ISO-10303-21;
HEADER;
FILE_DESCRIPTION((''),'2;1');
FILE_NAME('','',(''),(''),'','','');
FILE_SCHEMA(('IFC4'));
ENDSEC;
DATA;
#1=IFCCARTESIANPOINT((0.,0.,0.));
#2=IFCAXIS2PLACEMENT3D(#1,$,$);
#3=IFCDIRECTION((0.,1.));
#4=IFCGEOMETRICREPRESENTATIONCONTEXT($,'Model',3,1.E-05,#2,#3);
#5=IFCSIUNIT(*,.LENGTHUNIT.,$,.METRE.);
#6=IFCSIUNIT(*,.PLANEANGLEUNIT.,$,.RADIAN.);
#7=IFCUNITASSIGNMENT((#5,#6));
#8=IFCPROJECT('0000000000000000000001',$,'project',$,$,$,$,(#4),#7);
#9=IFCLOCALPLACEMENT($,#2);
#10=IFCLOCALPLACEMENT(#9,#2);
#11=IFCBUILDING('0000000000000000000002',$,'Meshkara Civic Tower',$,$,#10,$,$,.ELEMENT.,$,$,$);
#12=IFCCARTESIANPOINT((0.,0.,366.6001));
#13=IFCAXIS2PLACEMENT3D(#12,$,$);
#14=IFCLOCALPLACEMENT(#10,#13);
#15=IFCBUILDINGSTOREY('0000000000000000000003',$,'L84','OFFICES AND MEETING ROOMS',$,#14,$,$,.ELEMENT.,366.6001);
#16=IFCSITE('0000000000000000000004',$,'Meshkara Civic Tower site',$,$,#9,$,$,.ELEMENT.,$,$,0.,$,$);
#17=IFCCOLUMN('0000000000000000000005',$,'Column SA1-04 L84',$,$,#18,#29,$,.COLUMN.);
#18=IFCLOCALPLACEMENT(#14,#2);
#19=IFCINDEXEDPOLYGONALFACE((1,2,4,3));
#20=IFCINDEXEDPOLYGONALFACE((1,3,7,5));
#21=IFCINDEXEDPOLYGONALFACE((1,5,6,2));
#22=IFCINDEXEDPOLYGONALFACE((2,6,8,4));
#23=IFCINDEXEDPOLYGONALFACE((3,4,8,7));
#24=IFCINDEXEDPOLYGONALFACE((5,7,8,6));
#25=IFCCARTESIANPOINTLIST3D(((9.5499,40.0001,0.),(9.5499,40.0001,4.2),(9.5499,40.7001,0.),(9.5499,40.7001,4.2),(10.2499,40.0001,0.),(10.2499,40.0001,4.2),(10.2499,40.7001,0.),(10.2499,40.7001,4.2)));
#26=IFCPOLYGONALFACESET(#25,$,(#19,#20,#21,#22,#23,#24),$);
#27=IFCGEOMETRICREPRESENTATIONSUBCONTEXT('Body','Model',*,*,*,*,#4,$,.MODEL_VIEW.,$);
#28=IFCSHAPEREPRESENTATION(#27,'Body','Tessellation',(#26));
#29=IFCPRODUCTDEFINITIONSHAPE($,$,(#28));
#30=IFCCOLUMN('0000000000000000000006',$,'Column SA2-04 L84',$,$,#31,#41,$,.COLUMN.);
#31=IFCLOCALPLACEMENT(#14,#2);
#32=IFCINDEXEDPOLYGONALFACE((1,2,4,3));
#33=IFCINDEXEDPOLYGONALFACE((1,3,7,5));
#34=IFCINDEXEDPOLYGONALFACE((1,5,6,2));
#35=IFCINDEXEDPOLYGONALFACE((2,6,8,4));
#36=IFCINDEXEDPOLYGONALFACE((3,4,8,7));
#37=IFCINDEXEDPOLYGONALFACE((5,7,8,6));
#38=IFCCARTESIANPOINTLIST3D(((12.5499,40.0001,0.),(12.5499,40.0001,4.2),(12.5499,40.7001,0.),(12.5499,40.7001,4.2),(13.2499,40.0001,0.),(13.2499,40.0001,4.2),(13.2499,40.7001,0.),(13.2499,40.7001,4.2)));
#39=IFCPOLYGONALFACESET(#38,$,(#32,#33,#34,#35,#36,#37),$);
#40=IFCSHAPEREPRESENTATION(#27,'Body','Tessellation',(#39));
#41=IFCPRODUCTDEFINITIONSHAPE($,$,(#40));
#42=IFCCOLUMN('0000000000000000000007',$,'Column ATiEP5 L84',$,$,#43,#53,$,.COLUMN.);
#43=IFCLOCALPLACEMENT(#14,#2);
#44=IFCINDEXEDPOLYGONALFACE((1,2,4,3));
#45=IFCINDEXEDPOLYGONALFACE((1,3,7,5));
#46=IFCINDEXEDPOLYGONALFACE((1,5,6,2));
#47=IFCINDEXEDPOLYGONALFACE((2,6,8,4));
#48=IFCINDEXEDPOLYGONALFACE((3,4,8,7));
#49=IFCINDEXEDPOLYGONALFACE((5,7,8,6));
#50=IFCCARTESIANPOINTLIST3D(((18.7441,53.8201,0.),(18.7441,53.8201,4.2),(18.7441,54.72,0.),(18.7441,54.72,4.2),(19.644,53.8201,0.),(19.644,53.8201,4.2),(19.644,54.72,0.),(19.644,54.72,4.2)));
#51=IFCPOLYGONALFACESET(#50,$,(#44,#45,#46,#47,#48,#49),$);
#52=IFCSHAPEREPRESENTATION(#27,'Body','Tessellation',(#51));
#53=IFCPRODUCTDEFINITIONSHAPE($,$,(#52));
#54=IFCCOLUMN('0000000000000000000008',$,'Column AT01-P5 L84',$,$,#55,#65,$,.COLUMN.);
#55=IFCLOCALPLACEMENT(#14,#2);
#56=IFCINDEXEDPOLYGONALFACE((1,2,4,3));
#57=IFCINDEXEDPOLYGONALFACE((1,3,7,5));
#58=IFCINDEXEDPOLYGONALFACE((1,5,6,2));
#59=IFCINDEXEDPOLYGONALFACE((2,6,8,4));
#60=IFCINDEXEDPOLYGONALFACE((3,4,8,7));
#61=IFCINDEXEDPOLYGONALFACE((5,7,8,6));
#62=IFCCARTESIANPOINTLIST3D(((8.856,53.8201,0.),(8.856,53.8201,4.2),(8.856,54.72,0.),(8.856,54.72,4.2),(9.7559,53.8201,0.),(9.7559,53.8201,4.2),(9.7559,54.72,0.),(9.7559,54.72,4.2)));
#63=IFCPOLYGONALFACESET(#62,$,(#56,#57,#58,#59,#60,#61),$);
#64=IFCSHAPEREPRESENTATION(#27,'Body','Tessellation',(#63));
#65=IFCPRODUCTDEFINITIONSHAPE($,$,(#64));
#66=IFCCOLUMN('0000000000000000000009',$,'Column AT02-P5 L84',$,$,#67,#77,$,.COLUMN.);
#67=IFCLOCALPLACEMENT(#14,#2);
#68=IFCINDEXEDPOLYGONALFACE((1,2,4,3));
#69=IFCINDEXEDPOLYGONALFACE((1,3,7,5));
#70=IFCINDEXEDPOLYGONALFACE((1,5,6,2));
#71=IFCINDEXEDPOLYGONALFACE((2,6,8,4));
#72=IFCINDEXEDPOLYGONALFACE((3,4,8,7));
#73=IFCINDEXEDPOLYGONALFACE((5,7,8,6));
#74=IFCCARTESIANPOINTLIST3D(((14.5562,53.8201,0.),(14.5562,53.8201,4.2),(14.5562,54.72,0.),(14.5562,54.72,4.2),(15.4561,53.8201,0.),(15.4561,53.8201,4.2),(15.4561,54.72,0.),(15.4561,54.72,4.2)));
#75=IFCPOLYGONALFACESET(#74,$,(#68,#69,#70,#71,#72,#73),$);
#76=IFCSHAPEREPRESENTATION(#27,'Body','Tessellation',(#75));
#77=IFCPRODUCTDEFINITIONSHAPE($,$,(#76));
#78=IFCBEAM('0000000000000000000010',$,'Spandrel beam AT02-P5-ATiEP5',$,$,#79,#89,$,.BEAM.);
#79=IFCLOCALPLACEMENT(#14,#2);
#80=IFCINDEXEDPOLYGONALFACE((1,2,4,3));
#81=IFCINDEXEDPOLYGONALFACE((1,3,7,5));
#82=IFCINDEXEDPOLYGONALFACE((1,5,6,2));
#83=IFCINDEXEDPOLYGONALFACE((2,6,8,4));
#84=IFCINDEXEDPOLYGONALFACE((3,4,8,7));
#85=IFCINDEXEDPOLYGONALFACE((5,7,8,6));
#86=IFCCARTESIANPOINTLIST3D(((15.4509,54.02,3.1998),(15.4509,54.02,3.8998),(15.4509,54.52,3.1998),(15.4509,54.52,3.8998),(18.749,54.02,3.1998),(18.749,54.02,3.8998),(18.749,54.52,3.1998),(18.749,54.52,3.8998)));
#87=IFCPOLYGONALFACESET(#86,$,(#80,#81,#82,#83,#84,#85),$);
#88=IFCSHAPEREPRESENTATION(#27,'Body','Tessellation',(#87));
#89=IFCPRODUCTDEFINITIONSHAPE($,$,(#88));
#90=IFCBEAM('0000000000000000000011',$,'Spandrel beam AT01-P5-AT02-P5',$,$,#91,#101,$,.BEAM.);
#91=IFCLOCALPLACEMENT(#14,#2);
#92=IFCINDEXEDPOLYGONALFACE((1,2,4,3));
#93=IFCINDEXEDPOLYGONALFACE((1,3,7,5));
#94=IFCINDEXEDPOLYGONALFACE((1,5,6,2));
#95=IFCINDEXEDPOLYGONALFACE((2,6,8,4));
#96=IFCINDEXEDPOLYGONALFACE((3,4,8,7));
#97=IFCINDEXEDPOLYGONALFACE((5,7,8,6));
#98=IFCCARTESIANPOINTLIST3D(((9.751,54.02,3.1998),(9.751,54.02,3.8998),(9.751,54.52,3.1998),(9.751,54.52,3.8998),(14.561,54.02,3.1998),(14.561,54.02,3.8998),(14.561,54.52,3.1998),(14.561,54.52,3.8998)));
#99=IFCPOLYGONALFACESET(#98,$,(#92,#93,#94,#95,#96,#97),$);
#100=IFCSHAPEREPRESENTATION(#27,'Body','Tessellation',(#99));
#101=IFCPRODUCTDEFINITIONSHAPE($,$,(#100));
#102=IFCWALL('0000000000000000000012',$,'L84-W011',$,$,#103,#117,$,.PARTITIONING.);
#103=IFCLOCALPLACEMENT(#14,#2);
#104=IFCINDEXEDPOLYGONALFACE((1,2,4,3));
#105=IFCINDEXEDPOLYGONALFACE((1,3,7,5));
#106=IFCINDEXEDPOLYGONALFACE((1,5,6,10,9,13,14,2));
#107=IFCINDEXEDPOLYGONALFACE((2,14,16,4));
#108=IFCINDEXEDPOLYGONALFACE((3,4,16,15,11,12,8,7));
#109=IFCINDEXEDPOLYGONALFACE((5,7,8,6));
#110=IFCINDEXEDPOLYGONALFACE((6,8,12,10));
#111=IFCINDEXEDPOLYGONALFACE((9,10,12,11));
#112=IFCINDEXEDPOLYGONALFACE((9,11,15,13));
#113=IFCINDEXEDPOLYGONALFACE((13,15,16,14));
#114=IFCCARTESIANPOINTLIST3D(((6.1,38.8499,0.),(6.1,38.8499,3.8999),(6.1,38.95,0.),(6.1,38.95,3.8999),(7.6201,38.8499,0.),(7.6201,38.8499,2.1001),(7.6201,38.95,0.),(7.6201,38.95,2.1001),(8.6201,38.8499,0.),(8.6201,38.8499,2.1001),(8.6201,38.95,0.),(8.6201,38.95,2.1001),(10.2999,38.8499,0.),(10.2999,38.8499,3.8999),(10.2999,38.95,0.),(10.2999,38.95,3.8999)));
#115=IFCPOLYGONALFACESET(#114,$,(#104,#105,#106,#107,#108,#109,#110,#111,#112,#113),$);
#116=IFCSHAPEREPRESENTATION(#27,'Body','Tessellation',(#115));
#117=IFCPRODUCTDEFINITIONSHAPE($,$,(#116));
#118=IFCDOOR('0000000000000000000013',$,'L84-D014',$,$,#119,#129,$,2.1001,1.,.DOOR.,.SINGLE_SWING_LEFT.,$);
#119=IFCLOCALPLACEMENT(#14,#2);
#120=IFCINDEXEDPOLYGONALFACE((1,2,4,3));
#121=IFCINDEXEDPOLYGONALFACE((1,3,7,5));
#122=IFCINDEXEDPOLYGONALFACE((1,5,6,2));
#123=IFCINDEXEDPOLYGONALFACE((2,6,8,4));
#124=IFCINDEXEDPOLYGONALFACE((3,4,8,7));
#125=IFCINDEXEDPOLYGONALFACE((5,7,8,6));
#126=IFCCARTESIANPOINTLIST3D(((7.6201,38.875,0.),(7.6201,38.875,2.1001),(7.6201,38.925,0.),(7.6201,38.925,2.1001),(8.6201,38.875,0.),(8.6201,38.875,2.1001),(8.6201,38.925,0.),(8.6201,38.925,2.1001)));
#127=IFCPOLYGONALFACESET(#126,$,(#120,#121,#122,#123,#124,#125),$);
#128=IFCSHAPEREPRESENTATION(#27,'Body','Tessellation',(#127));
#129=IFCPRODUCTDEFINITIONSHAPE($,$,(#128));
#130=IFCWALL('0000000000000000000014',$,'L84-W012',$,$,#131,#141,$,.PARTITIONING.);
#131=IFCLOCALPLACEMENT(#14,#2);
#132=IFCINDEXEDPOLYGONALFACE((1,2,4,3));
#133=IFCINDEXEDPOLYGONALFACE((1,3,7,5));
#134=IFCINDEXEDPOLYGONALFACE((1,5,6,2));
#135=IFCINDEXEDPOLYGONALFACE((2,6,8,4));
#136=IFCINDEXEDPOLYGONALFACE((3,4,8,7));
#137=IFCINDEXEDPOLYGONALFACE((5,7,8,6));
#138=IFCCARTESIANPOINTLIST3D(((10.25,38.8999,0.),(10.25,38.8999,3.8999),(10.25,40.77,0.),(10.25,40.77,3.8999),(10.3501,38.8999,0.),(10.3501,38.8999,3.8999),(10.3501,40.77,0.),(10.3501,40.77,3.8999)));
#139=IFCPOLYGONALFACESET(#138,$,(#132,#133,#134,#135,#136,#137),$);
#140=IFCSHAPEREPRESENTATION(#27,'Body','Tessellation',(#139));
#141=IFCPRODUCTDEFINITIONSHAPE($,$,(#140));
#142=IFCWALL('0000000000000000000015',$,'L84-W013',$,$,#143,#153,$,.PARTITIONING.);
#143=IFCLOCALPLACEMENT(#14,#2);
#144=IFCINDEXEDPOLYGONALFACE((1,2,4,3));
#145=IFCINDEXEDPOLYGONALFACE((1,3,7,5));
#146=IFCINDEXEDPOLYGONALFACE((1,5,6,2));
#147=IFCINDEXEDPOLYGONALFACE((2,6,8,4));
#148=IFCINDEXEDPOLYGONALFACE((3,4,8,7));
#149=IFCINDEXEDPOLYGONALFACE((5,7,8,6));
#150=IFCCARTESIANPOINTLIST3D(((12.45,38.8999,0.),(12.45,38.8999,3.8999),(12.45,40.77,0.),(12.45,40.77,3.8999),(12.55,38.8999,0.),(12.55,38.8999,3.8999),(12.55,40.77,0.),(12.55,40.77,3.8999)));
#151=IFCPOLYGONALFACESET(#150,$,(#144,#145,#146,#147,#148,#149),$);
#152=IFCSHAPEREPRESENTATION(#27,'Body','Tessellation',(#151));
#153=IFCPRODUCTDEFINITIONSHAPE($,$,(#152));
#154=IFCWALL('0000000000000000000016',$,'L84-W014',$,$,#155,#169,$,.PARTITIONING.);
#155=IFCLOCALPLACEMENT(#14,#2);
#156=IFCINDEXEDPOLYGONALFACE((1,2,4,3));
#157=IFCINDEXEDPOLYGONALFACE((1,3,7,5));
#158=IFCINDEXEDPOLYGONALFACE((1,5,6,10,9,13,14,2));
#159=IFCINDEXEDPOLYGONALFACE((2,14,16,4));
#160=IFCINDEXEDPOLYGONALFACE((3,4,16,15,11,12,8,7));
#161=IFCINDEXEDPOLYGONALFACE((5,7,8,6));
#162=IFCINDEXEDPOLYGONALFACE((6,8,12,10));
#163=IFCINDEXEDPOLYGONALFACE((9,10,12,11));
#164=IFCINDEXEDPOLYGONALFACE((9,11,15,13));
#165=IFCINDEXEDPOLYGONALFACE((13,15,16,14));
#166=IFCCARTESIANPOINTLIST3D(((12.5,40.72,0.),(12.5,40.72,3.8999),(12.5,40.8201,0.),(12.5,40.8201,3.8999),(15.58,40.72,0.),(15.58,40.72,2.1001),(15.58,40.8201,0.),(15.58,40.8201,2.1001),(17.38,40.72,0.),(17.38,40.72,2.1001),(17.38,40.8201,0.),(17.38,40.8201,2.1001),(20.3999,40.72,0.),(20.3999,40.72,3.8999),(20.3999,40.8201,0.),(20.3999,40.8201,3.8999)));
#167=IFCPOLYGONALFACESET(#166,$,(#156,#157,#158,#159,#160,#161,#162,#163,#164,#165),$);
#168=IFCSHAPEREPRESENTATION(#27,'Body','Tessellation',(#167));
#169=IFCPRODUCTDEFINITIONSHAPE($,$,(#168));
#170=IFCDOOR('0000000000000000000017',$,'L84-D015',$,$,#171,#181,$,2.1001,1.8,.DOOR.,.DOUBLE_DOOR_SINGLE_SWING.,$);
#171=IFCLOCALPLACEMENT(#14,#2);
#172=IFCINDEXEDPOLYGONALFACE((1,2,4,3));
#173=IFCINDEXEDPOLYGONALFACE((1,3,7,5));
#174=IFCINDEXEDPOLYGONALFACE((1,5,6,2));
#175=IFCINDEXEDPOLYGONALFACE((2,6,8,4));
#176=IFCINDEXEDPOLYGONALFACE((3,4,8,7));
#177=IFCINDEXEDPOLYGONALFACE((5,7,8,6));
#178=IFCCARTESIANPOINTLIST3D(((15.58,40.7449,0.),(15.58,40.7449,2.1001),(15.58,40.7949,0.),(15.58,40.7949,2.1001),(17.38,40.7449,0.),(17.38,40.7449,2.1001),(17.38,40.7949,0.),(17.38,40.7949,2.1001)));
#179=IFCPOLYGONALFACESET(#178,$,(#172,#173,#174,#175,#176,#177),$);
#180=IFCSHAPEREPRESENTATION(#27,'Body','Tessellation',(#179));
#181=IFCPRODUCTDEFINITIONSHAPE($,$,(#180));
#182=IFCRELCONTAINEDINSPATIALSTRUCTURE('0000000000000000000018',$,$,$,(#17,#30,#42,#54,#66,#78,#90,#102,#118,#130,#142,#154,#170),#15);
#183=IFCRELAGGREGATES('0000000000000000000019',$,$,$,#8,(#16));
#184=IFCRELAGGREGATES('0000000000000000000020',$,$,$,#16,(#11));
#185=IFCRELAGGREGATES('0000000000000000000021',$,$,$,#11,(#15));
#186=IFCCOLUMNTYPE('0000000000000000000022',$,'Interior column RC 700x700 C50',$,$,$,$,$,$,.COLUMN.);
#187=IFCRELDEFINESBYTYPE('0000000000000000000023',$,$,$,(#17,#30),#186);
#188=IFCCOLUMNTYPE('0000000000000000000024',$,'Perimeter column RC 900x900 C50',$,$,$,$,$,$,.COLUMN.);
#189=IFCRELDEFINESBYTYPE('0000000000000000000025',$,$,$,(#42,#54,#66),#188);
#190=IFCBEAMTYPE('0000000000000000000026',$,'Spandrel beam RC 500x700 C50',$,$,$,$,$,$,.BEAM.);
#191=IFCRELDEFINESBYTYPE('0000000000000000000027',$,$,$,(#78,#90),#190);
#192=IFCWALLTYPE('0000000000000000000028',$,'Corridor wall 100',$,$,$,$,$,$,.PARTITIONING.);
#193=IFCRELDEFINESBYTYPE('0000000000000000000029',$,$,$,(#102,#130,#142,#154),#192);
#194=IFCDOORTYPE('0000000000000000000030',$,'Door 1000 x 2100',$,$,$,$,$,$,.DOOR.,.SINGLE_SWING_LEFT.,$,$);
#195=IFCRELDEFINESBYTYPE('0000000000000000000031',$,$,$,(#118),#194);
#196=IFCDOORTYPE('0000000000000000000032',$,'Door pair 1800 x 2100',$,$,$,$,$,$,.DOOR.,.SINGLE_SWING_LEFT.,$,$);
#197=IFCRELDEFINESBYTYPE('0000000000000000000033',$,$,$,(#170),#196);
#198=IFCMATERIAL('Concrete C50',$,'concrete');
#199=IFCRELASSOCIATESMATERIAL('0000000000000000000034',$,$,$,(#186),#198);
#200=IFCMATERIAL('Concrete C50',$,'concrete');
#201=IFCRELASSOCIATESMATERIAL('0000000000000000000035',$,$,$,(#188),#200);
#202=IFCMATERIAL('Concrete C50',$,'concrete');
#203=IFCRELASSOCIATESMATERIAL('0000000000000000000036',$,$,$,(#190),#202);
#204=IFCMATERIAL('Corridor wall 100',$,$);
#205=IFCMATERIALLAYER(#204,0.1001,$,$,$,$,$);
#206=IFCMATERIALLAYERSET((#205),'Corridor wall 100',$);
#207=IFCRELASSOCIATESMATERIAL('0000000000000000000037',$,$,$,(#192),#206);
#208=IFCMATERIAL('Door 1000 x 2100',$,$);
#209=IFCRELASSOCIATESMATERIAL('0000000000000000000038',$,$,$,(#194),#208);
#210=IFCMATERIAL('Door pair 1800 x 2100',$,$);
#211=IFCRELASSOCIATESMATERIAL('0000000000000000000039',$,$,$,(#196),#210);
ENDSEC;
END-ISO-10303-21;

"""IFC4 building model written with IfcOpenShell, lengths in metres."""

from ifc_helpers import new_model, si_unit, direction, frame, frame_2d, origin, origin_2d, place, context, subcontext, project, spatial, rectangle, extrude, material, layer, layer_set, material_profile, profile_set, type_object, element, fill, save


model = new_model("IFC4")

# Units and contexts
model_context = context("Model", 3, precision=1e-05, world=origin(), true_north=direction((0.0, 1.0)))
body_context = subcontext(model_context, "Body", "Model", "MODEL_VIEW")
ifc_project = project(units=[si_unit("LENGTHUNIT", "METRE"), si_unit("PLANEANGLEUNIT", "RADIAN")], contexts=[model_context])

# Site, building, storey
site_placement = place(None, origin())
site = spatial("IfcSite", under=ifc_project, at=site_placement, Name="Meshkara Civic Tower site", CompositionType="ELEMENT", RefElevation=0.0)
building_placement = place(site_placement, origin())
building = spatial("IfcBuilding", under=site, at=building_placement, Name="Meshkara Civic Tower", CompositionType="ELEMENT")
storey_placement = place(building_placement, frame((0.0, 0.0, 366.6001)))
storey = spatial("IfcBuildingStorey", under=building, at=storey_placement, Name="L84", Description="OFFICES AND MEETING ROOMS", CompositionType="ELEMENT", Elevation=366.6001)

# Columns
ifc_material_1 = material(Name="Concrete C50", Category="concrete")
ifc_material_profile_1 = material_profile(ifc_material_1, rectangle(XDim=0.7, YDim=0.7, at=origin_2d()))
ifc_profile_set_1 = profile_set([ifc_material_profile_1], Name="Concrete C50")
column_type_1 = type_object("IfcColumnType", Name="Interior column RC 700x700 C50", PredefinedType="COLUMN", material=ifc_profile_set_1)
for number, where, z_axis, x_axis, name in (
    (1, (9.8999, 40.3501, 0.0), (0.0, 0.0, 1.0), (1.0, 0.0, 0.0), "Column SA1-04 L84"),
    (2, (12.8999, 40.3501, 0.0), (0.0, 0.0, 1.0), (1.0, 0.0, 0.0), "Column SA2-04 L84"),
):
    element("IfcColumn", number, at=place(storey_placement, frame(where, z_axis=z_axis, x_axis=x_axis)), inside=storey, type_object=column_type_1, Name=name, PredefinedType="COLUMN", context=body_context, shape_type="SweptSolid", body=[
        extrude(rectangle(XDim=0.7, YDim=0.7, at=origin_2d()), origin(), (0.0, 0.0, 1.0), 4.2),
    ])
ifc_material_2 = material(Name="Concrete C50", Category="concrete")
ifc_material_profile_2 = material_profile(ifc_material_2, rectangle(XDim=0.8999, YDim=0.8999, at=origin_2d()))
ifc_profile_set_2 = profile_set([ifc_material_profile_2], Name="Concrete C50")
column_type_2 = type_object("IfcColumnType", Name="Perimeter column RC 900x900 C50", PredefinedType="COLUMN", material=ifc_profile_set_2)
for number, where, z_axis, x_axis, name in (
    (3, (19.1941, 54.27, 0.0), (0.0, 0.0, 1.0), (1.0, 0.0, 0.0), "Column ATiEP5 L84"),
    (4, (9.3059, 54.27, 0.0), (0.0, 0.0, 1.0), (1.0, 0.0, 0.0), "Column AT01-P5 L84"),
    (5, (15.0061, 54.27, 0.0), (0.0, 0.0, 1.0), (1.0, 0.0, 0.0), "Column AT02-P5 L84"),
):
    element("IfcColumn", number, at=place(storey_placement, frame(where, z_axis=z_axis, x_axis=x_axis)), inside=storey, type_object=column_type_2, Name=name, PredefinedType="COLUMN", context=body_context, shape_type="SweptSolid", body=[
        extrude(rectangle(XDim=0.8999, YDim=0.8999, at=origin_2d()), origin(), (0.0, 0.0, 1.0), 4.2),
    ])

# Beams
ifc_material_3 = material(Name="Concrete C50", Category="concrete")
ifc_material_profile_3 = material_profile(ifc_material_3, rectangle(XDim=0.5, YDim=0.7, at=origin_2d()))
ifc_profile_set_3 = profile_set([ifc_material_profile_3], Name="Concrete C50")
beam_type = type_object("IfcBeamType", Name="Spandrel beam RC 500x700 C50", PredefinedType="BEAM", material=ifc_profile_set_3)
beam_1_placement = place(storey_placement, frame((18.749, 54.27, 3.5498), z_axis=(-1.0, 0.0, 0.0), x_axis=(0.0, -1.0, 0.0)))
element("IfcBeam", 6, at=beam_1_placement, inside=storey, type_object=beam_type, Name="Spandrel beam AT02-P5-ATiEP5", PredefinedType="BEAM", context=body_context, shape_type="SweptSolid", body=[
    extrude(rectangle(XDim=0.5, YDim=0.7, at=origin_2d()), origin(), (0.0, 0.0, 1.0), 3.2981),
])
beam_2_placement = place(storey_placement, frame((14.561, 54.27, 3.5498), z_axis=(-1.0, 0.0, 0.0), x_axis=(0.0, -1.0, 0.0)))
element("IfcBeam", 7, at=beam_2_placement, inside=storey, type_object=beam_type, Name="Spandrel beam AT01-P5-AT02-P5", PredefinedType="BEAM", context=body_context, shape_type="SweptSolid", body=[
    extrude(rectangle(XDim=0.5, YDim=0.7, at=origin_2d()), origin(), (0.0, 0.0, 1.0), 4.8101),
])

# Wall, opening, door
ifc_material_4 = material(Name="Corridor wall 100")
ifc_layer_1 = layer(ifc_material_4, 0.1001)
ifc_layer_set_1 = layer_set([ifc_layer_1], Name="Corridor wall 100")
wall_type_1 = type_object("IfcWallType", Name="Corridor wall 100", PredefinedType="PARTITIONING", material=ifc_layer_set_1)
wall_1_placement = place(storey_placement, frame((10.3, 38.8999, 0.0), z_axis=(0.0, 0.0, 1.0), x_axis=(-1.0, 0.0, 0.0)))
wall_1 = element("IfcWall", 8, at=wall_1_placement, inside=storey, type_object=wall_type_1, Name="L84-W011", PredefinedType="PARTITIONING", context=body_context, shape_type="SweptSolid", body=[
    extrude(rectangle(XDim=4.2, YDim=0.1001, at=frame_2d((2.1001, 0.0))), origin(), (0.0, 0.0, 1.0), 3.8999),
])
opening_1_placement = place(wall_1_placement, frame((1.6799, 0.0, 0.0)))
opening_1 = element("IfcOpeningElement", 9, at=opening_1_placement, cuts=wall_1, PredefinedType="OPENING", context=body_context, shape_type="SweptSolid", body=[
    extrude(rectangle(XDim=1.0, YDim=2.1001, at=frame_2d((0.5, 1.05))), frame((0.0, 0.0601, 0.0), z_axis=(0.0, -1.0, 0.0), x_axis=(1.0, 0.0, 0.0)), (0.0, 0.0, 1.0), 0.1201),
])
ifc_material_5 = material(Name="Door 1000 x 2100")
door_type_1 = type_object("IfcDoorType", Name="Door 1000 x 2100", OperationType="SINGLE_SWING_LEFT", PredefinedType="DOOR", material=ifc_material_5)
door_1_placement = place(opening_1_placement, origin())
door_1 = element("IfcDoor", 10, at=door_1_placement, inside=storey, type_object=door_type_1, Name="L84-D014", OperationType="SINGLE_SWING_LEFT", OverallHeight=2.1001, OverallWidth=1.0, PredefinedType="DOOR", context=body_context, shape_type="SweptSolid", body=[
    extrude(rectangle(XDim=1.0, YDim=2.1001, at=frame_2d((0.5, 1.05))), frame((0.0, 0.0249, 0.0), z_axis=(0.0, -1.0, 0.0), x_axis=(1.0, 0.0, 0.0)), (0.0, 0.0, 1.0), 0.05),
])
fill(opening_1, door_1)

# Walls
for number, where, z_axis, x_axis, name in (
    (11, (10.3, 40.77, 0.0), (0.0, 0.0, 1.0), (0.0, -1.0, 0.0), "L84-W012"),
    (12, (12.5, 38.8999, 0.0), (0.0, 0.0, 1.0), (0.0, 1.0, 0.0), "L84-W013"),
):
    element("IfcWall", number, at=place(storey_placement, frame(where, z_axis=z_axis, x_axis=x_axis)), inside=storey, type_object=wall_type_1, Name=name, PredefinedType="PARTITIONING", context=body_context, shape_type="SweptSolid", body=[
        extrude(rectangle(XDim=1.8701, YDim=0.1001, at=frame_2d((0.9351, 0.0))), origin(), (0.0, 0.0, 1.0), 3.8999),
    ])

# Wall, opening, door
wall_2_placement = place(storey_placement, frame((12.5, 40.77, 0.0), z_axis=(0.0, 0.0, 1.0), x_axis=(1.0, 0.0, 0.0)))
wall_2 = element("IfcWall", 13, at=wall_2_placement, inside=storey, type_object=wall_type_1, Name="L84-W014", PredefinedType="PARTITIONING", context=body_context, shape_type="SweptSolid", body=[
    extrude(rectangle(XDim=7.8999, YDim=0.1001, at=frame_2d((3.95, 0.0))), origin(), (0.0, 0.0, 1.0), 3.8999),
])
opening_2_placement = place(wall_2_placement, frame((3.0801, 0.0, 0.0)))
opening_2 = element("IfcOpeningElement", 14, at=opening_2_placement, cuts=wall_2, PredefinedType="OPENING", context=body_context, shape_type="SweptSolid", body=[
    extrude(rectangle(XDim=1.8, YDim=2.1001, at=frame_2d((0.8999, 1.05))), frame((0.0, 0.0601, 0.0), z_axis=(0.0, -1.0, 0.0), x_axis=(1.0, 0.0, 0.0)), (0.0, 0.0, 1.0), 0.1201),
])
ifc_material_6 = material(Name="Door pair 1800 x 2100")
door_type_2 = type_object("IfcDoorType", Name="Door pair 1800 x 2100", OperationType="SINGLE_SWING_LEFT", PredefinedType="DOOR", material=ifc_material_6)
door_2_placement = place(opening_2_placement, origin())
door_2 = element("IfcDoor", 15, at=door_2_placement, inside=storey, type_object=door_type_2, Name="L84-D015", OperationType="DOUBLE_DOOR_SINGLE_SWING", OverallHeight=2.1001, OverallWidth=1.8, PredefinedType="DOOR", context=body_context, shape_type="SweptSolid", body=[
    extrude(rectangle(XDim=1.8, YDim=2.1001, at=frame_2d((0.8999, 1.05))), frame((0.0, 0.0249, 0.0), z_axis=(0.0, -1.0, 0.0), x_axis=(1.0, 0.0, 0.0)), (0.0, 0.0, 1.0), 0.05),
])
fill(opening_2, door_2)

save(model, "model.ifc")
